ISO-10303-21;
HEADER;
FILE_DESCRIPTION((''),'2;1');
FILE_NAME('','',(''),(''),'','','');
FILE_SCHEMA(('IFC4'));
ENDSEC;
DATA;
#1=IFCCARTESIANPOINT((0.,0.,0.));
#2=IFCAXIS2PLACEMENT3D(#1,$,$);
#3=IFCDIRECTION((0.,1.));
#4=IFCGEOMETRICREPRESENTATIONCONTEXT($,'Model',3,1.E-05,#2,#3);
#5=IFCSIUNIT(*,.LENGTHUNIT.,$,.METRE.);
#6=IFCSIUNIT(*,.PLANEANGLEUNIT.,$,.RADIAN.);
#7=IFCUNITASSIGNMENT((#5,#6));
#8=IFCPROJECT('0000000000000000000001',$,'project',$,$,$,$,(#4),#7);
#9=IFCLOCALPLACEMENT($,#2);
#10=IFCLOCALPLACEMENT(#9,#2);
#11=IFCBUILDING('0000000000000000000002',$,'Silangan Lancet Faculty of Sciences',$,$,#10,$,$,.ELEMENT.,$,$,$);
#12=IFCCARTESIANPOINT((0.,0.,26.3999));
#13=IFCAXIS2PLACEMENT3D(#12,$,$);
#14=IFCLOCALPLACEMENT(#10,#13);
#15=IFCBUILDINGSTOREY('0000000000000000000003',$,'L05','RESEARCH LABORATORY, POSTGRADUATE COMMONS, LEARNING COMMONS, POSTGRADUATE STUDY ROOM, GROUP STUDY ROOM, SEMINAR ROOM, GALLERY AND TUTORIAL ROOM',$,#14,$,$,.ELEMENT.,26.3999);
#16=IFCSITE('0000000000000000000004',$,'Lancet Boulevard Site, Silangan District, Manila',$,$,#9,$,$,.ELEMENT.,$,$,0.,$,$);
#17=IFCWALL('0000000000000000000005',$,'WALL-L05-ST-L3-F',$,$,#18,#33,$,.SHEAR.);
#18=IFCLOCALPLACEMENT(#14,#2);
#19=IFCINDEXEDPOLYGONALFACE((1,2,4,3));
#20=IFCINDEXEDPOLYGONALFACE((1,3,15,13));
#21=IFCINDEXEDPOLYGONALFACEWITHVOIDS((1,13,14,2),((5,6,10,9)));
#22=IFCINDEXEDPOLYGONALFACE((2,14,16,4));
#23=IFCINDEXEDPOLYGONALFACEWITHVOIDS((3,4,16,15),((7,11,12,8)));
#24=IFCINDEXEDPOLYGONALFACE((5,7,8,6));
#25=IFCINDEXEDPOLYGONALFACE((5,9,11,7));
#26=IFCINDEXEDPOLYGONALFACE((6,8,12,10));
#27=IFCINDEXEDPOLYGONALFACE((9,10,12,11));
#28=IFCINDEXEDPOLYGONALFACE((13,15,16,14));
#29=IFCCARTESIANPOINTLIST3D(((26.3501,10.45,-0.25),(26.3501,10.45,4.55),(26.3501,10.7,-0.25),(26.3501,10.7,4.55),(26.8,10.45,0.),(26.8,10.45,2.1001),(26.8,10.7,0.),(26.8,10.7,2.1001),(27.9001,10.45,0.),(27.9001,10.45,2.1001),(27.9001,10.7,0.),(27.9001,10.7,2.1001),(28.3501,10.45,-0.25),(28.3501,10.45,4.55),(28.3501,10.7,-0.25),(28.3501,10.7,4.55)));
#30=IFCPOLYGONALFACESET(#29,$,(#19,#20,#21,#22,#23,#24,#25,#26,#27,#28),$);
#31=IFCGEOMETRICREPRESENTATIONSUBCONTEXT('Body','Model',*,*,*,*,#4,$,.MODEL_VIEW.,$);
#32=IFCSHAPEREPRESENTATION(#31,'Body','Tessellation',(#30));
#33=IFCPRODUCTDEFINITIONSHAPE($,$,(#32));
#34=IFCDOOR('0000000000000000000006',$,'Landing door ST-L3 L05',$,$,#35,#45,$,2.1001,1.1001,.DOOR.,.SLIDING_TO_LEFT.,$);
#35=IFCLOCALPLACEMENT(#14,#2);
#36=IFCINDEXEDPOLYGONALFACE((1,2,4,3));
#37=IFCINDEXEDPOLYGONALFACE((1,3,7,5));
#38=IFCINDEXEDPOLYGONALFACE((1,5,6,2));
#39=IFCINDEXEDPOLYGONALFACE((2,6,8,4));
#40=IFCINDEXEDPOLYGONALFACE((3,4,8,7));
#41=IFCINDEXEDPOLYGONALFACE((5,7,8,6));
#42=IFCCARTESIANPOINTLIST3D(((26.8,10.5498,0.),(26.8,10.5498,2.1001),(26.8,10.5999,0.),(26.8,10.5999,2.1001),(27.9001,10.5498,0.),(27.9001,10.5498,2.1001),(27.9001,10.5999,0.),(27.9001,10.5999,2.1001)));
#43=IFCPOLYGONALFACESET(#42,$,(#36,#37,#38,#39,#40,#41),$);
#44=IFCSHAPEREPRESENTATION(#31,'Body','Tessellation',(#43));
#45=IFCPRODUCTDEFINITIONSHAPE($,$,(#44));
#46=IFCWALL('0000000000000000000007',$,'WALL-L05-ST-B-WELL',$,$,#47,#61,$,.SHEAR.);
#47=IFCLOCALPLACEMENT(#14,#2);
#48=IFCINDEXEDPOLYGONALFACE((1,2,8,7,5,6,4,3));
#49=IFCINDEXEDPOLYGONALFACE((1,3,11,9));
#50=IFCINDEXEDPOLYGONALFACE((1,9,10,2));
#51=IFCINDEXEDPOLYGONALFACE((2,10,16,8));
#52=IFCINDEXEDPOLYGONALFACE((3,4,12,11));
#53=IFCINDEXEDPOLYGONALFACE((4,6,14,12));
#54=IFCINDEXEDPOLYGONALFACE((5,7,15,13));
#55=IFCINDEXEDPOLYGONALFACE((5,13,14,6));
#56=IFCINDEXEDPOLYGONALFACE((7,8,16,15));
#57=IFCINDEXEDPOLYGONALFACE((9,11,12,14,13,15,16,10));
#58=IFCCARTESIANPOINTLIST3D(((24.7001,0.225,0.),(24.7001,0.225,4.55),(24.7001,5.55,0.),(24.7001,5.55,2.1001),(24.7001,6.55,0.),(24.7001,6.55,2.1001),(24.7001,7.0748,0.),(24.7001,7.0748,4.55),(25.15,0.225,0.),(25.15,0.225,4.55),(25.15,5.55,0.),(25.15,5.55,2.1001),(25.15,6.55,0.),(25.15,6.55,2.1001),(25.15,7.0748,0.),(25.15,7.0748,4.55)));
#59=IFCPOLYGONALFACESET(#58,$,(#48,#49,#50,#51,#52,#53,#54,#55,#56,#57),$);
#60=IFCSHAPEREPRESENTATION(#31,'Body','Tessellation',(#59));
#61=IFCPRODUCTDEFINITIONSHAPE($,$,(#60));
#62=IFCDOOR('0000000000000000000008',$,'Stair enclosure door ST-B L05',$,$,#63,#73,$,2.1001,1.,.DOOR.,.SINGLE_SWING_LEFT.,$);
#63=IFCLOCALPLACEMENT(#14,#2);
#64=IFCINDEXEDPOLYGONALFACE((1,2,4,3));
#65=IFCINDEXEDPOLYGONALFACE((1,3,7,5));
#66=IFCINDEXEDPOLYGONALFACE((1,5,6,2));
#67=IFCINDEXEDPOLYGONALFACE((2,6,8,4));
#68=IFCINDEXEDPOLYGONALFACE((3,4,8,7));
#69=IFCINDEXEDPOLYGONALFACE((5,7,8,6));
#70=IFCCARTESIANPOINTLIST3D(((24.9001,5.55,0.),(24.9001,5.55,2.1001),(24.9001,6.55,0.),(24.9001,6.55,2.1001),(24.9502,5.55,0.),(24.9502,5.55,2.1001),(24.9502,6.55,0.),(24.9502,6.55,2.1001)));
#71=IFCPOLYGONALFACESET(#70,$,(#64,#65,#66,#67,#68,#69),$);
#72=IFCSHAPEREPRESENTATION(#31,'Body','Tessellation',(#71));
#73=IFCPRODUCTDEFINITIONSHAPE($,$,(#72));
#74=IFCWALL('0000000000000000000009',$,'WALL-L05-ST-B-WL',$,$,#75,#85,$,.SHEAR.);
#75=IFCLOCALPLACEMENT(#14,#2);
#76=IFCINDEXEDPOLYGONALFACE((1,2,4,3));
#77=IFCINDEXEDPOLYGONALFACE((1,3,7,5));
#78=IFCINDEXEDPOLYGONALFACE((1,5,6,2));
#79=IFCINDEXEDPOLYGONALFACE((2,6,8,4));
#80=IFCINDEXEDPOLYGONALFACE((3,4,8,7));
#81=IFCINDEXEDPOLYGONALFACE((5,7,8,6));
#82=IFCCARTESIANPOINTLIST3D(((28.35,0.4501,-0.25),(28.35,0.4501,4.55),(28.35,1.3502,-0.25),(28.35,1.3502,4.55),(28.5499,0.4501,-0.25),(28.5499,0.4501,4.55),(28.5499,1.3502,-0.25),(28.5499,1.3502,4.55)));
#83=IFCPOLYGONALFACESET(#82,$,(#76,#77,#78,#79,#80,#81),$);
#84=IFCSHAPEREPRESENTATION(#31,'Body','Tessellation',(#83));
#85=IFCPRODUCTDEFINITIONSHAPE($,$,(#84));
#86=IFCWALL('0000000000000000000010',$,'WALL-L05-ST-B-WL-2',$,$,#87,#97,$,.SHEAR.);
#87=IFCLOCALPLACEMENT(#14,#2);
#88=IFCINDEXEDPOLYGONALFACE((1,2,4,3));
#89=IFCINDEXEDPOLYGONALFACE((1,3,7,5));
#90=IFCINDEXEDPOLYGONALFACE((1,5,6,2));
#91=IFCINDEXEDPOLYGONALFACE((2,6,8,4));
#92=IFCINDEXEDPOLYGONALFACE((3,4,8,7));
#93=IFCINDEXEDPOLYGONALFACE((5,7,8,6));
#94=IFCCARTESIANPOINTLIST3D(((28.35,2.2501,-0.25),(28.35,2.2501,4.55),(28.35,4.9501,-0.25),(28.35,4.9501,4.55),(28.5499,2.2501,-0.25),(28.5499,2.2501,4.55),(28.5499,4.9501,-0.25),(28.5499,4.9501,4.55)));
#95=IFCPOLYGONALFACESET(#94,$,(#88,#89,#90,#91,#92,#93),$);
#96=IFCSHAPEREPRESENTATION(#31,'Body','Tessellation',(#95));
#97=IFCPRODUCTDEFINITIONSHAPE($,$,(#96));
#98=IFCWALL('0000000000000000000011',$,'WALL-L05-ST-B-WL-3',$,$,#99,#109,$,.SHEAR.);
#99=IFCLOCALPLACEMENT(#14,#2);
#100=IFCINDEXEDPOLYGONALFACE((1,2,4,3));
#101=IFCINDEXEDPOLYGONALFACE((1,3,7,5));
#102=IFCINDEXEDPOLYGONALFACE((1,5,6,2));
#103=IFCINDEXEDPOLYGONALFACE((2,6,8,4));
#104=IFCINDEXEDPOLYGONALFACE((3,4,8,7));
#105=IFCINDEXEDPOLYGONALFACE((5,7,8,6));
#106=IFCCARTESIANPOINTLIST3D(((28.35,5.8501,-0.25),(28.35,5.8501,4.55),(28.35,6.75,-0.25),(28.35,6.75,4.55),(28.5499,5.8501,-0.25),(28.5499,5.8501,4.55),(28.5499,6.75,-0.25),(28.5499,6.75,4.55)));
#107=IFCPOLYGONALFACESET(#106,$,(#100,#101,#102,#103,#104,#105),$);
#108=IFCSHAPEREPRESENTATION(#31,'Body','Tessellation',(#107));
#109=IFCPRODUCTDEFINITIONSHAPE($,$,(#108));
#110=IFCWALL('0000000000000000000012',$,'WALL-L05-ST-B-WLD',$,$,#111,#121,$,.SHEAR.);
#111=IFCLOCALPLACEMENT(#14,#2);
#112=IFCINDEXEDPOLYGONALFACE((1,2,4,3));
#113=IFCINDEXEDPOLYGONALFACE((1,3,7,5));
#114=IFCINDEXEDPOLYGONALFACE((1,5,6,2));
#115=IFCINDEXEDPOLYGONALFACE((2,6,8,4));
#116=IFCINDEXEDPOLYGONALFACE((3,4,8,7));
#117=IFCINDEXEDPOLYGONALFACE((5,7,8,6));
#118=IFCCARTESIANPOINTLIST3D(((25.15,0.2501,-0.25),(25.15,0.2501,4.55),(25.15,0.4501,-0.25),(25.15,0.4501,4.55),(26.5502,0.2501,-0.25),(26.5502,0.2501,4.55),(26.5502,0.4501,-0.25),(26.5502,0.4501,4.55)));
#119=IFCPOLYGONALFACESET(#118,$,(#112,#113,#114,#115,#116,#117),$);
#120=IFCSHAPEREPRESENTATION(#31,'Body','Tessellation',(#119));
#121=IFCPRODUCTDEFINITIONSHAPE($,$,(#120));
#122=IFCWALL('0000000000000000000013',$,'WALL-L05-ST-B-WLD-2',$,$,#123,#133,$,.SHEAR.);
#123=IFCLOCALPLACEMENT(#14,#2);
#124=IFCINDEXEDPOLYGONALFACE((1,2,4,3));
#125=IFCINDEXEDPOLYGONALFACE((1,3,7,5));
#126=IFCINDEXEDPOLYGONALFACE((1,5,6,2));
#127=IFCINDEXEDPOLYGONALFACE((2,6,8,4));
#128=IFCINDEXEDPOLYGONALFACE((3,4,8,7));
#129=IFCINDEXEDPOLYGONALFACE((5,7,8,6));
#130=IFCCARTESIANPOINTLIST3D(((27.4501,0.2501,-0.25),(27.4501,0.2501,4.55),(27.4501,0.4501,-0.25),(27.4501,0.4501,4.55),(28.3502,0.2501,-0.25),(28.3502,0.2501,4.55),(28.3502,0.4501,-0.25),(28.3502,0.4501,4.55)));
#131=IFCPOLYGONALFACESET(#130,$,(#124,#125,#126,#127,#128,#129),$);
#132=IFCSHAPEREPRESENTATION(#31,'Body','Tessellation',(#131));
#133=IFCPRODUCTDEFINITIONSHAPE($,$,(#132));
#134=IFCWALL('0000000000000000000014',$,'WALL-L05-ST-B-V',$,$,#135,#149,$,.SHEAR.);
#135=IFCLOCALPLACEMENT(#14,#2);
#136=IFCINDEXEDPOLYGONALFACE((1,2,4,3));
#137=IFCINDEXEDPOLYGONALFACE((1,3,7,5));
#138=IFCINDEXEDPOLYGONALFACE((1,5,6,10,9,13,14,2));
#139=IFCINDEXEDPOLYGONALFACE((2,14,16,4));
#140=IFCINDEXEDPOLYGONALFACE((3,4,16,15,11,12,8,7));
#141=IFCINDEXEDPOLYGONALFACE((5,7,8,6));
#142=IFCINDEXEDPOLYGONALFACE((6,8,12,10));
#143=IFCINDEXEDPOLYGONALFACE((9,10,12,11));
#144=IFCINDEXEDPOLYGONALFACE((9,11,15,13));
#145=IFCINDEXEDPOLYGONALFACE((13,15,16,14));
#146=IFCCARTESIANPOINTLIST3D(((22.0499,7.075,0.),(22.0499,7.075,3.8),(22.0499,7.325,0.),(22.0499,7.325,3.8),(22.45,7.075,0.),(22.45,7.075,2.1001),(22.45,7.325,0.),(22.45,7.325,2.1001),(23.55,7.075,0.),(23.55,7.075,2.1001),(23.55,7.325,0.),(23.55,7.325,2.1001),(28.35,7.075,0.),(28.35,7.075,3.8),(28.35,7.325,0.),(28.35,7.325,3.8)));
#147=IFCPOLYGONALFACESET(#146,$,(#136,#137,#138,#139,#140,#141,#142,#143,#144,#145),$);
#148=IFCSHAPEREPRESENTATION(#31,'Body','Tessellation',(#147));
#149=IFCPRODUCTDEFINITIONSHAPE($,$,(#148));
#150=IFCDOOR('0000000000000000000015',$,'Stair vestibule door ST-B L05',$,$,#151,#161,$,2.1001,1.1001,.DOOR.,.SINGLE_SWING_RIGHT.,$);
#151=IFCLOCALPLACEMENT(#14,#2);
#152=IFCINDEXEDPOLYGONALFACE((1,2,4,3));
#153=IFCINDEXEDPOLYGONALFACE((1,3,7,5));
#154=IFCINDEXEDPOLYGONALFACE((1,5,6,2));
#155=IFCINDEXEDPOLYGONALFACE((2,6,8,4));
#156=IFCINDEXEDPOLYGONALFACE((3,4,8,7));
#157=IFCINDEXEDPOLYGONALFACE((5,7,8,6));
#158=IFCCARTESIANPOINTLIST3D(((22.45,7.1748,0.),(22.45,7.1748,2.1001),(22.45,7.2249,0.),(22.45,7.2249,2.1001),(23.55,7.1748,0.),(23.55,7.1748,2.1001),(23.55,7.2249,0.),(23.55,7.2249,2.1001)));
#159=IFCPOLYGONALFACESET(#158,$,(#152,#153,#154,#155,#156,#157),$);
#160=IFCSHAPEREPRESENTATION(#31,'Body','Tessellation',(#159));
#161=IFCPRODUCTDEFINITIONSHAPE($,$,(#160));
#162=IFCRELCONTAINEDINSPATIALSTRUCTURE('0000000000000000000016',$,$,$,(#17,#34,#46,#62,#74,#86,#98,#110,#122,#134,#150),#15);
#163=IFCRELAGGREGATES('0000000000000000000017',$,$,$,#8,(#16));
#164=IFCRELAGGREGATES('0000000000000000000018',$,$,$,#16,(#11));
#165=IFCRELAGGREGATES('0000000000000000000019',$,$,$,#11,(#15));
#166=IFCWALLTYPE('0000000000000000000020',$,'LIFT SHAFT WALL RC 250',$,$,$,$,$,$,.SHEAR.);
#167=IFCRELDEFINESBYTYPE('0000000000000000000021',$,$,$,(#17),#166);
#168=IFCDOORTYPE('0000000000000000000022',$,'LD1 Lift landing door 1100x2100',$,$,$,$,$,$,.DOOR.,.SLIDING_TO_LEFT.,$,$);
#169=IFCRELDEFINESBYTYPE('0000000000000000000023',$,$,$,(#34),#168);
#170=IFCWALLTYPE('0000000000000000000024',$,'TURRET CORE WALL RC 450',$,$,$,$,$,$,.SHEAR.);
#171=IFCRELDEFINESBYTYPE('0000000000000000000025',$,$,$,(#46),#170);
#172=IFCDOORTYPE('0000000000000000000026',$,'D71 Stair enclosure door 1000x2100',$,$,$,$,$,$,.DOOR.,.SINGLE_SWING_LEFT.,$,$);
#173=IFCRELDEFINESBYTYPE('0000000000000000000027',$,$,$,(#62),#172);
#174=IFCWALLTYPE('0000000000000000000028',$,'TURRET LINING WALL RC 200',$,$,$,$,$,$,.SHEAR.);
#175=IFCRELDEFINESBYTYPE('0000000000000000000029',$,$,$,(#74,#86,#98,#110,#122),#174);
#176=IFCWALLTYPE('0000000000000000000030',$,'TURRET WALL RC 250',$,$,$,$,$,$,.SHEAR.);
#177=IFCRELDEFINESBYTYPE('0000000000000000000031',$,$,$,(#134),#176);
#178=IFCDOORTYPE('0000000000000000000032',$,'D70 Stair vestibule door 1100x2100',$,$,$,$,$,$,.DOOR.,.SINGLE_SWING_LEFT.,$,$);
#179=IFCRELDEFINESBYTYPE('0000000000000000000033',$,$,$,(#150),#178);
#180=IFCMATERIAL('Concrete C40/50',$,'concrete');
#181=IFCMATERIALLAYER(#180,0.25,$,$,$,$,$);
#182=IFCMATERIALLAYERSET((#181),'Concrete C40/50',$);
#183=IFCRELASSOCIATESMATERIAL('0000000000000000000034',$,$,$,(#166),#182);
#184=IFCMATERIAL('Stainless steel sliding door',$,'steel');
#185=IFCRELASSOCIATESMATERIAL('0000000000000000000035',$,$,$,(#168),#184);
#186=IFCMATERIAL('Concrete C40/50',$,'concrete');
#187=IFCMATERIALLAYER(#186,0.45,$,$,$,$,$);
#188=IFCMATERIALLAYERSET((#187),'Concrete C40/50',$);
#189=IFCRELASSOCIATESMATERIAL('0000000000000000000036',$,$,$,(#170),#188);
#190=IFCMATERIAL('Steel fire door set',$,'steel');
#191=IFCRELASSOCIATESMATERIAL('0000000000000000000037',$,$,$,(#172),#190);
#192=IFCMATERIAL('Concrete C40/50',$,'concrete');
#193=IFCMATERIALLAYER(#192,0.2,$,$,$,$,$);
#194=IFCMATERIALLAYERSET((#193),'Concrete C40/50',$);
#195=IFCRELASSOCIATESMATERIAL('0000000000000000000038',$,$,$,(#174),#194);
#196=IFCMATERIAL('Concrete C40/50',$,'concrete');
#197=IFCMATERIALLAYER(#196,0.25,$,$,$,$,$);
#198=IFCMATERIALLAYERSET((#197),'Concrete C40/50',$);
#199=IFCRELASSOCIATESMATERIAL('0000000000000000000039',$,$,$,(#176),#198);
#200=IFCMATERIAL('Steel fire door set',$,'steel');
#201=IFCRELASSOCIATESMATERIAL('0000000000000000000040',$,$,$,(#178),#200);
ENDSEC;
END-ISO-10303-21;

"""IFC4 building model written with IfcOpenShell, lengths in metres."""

from ifc_helpers import new_model, si_unit, direction, frame, frame_2d, origin, place, context, subcontext, project, spatial, rectangle, extrude, material, layer, layer_set, type_object, element, fill, save


model = new_model("IFC4")

# Units and contexts
model_context = context("Model", 3, precision=1e-05, world=origin(), true_north=direction((0.0, 1.0)))
body_context = subcontext(model_context, "Body", "Model", "MODEL_VIEW")
ifc_project = project(units=[si_unit("LENGTHUNIT", "METRE"), si_unit("PLANEANGLEUNIT", "RADIAN")], contexts=[model_context])

# Site, building, storey
site_placement = place(None, origin())
site = spatial("IfcSite", under=ifc_project, at=site_placement, Name="Lancet Boulevard Site, Silangan District, Manila", CompositionType="ELEMENT", RefElevation=0.0)
building_placement = place(site_placement, origin())
building = spatial("IfcBuilding", under=site, at=building_placement, Name="Silangan Lancet Faculty of Sciences", CompositionType="ELEMENT")
storey_placement = place(building_placement, frame((0.0, 0.0, 26.3999)))
storey = spatial("IfcBuildingStorey", under=building, at=storey_placement, Name="L05", Description="RESEARCH LABORATORY, POSTGRADUATE COMMONS, LEARNING COMMONS, POSTGRADUATE STUDY ROOM, GROUP STUDY ROOM, SEMINAR ROOM, GALLERY AND TUTORIAL ROOM", CompositionType="ELEMENT", Elevation=26.3999)

# Shared definitions
ifc_material_1 = material(Name="Concrete C40/50", Category="concrete")
ifc_layer_1 = layer(ifc_material_1, 0.25)
ifc_layer_set_1 = layer_set([ifc_layer_1], Name="Concrete C40/50")
wall_type_1 = type_object("IfcWallType", Name="LIFT SHAFT WALL RC 250", PredefinedType="SHEAR", material=ifc_layer_set_1)

# Walls, openings, doors
ifc_material_2 = material(Name="Stainless steel sliding door", Category="steel")
door_type_1 = type_object("IfcDoorType", Name="LD1 Lift landing door 1100x2100", OperationType="SLIDING_TO_LEFT", PredefinedType="DOOR", material=ifc_material_2)
wall_1_placement = place(storey_placement, frame((26.3501, 10.575, -0.25), z_axis=(0.0, 0.0, 1.0), x_axis=(1.0, 0.0, 0.0)))
wall_1 = element("IfcWall", 1, at=wall_1_placement, inside=storey, type_object=wall_type_1, Name="WALL-L05-ST-L3-F", PredefinedType="SHEAR", context=body_context, shape_type="SweptSolid", body=[
    extrude(rectangle(XDim=2.0, YDim=0.25, at=frame_2d((1.0, 0.0))), origin(), (0.0, 0.0, 1.0), 4.8),
])
opening_1_placement = place(wall_1_placement, frame((0.45, 0.0, 0.25)))
opening_1 = element("IfcOpeningElement", 2, at=opening_1_placement, cuts=wall_1, PredefinedType="OPENING", context=body_context, shape_type="SweptSolid", body=[
    extrude(rectangle(XDim=1.1001, YDim=2.1001, at=frame_2d((0.55, 1.05))), frame((0.0, 0.135, 0.0), z_axis=(0.0, -1.0, 0.0), x_axis=(1.0, 0.0, 0.0)), (0.0, 0.0, 1.0), 0.27),
])
door_1_placement = place(opening_1_placement, origin())
door_1 = element("IfcDoor", 3, at=door_1_placement, inside=storey, type_object=door_type_1, Name="Landing door ST-L3 L05", OperationType="SLIDING_TO_LEFT", OverallHeight=2.1001, OverallWidth=1.1001, PredefinedType="DOOR", context=body_context, shape_type="SweptSolid", body=[
    extrude(rectangle(XDim=1.1001, YDim=2.1001, at=frame_2d((0.55, 1.05))), frame((0.0, 0.0249, 0.0), z_axis=(0.0, -1.0, 0.0), x_axis=(1.0, 0.0, 0.0)), (0.0, 0.0, 1.0), 0.05),
])
fill(opening_1, door_1)
ifc_material_3 = material(Name="Concrete C40/50", Category="concrete")
ifc_layer_2 = layer(ifc_material_3, 0.45)
ifc_layer_set_2 = layer_set([ifc_layer_2], Name="Concrete C40/50")
wall_type_2 = type_object("IfcWallType", Name="TURRET CORE WALL RC 450", PredefinedType="SHEAR", material=ifc_layer_set_2)
wall_2_placement = place(storey_placement, frame((24.925, 0.2251, 0.0), z_axis=(0.0, 0.0, 1.0), x_axis=(0.0, 1.0, 0.0)))
wall_2 = element("IfcWall", 4, at=wall_2_placement, inside=storey, type_object=wall_type_2, Name="WALL-L05-ST-B-WELL", PredefinedType="SHEAR", context=body_context, shape_type="SweptSolid", body=[
    extrude(rectangle(XDim=6.8499, YDim=0.45, at=frame_2d((3.4248, 0.0))), origin(), (0.0, 0.0, 1.0), 4.55),
])
opening_2_placement = place(wall_2_placement, frame((5.325, 0.0, 0.0)))
opening_2 = element("IfcOpeningElement", 5, at=opening_2_placement, cuts=wall_2, PredefinedType="OPENING", context=body_context, shape_type="SweptSolid", body=[
    extrude(rectangle(XDim=1.0, YDim=2.1001, at=frame_2d((0.5, 1.05))), frame((0.0, 0.2349, 0.0), z_axis=(0.0, -1.0, 0.0), x_axis=(1.0, 0.0, 0.0)), (0.0, 0.0, 1.0), 0.47),
])
ifc_material_4 = material(Name="Steel fire door set", Category="steel")
door_type_2 = type_object("IfcDoorType", Name="D71 Stair enclosure door 1000x2100", OperationType="SINGLE_SWING_LEFT", PredefinedType="DOOR", material=ifc_material_4)
door_2_placement = place(opening_2_placement, frame((1.0, 0.0, 0.0), z_axis=(0.0, 0.0, 1.0), x_axis=(-1.0, 0.0, 0.0)))
door_2 = element("IfcDoor", 6, at=door_2_placement, inside=storey, type_object=door_type_2, Name="Stair enclosure door ST-B L05", OperationType="SINGLE_SWING_LEFT", OverallHeight=2.1001, OverallWidth=1.0, PredefinedType="DOOR", context=body_context, shape_type="SweptSolid", body=[
    extrude(rectangle(XDim=1.0, YDim=2.1001, at=frame_2d((0.5, 1.05))), frame((0.0, 0.0251, 0.0), z_axis=(0.0, -1.0, 0.0), x_axis=(1.0, 0.0, 0.0)), (0.0, 0.0, 1.0), 0.05),
])
fill(opening_2, door_2)

# Walls
ifc_material_5 = material(Name="Concrete C40/50", Category="concrete")
ifc_layer_3 = layer(ifc_material_5, 0.2)
ifc_layer_set_3 = layer_set([ifc_layer_3], Name="Concrete C40/50")
wall_type_3 = type_object("IfcWallType", Name="TURRET LINING WALL RC 200", PredefinedType="SHEAR", material=ifc_layer_set_3)
wall_3_placement = place(storey_placement, frame((28.45, 0.45, -0.25), z_axis=(0.0, 0.0, 1.0), x_axis=(0.0, 1.0, 0.0)))
element("IfcWall", 7, at=wall_3_placement, inside=storey, type_object=wall_type_3, Name="WALL-L05-ST-B-WL", PredefinedType="SHEAR", context=body_context, shape_type="SweptSolid", body=[
    extrude(rectangle(XDim=0.9001, YDim=0.2, at=frame_2d((0.4502, 0.0))), origin(), (0.0, 0.0, 1.0), 4.8),
])
wall_4_placement = place(storey_placement, frame((28.45, 2.25, -0.25), z_axis=(0.0, 0.0, 1.0), x_axis=(0.0, 1.0, 0.0)))
element("IfcWall", 8, at=wall_4_placement, inside=storey, type_object=wall_type_3, Name="WALL-L05-ST-B-WL-2", PredefinedType="SHEAR", context=body_context, shape_type="SweptSolid", body=[
    extrude(rectangle(XDim=2.7, YDim=0.2, at=frame_2d((1.3501, 0.0))), origin(), (0.0, 0.0, 1.0), 4.8),
])
wall_5_placement = place(storey_placement, frame((28.45, 5.8501, -0.25), z_axis=(0.0, 0.0, 1.0), x_axis=(0.0, 1.0, 0.0)))
element("IfcWall", 9, at=wall_5_placement, inside=storey, type_object=wall_type_3, Name="WALL-L05-ST-B-WL-3", PredefinedType="SHEAR", context=body_context, shape_type="SweptSolid", body=[
    extrude(rectangle(XDim=0.8999, YDim=0.2, at=frame_2d((0.45, 0.0))), origin(), (0.0, 0.0, 1.0), 4.8),
])
wall_6_placement = place(storey_placement, frame((25.1499, 0.3501, -0.25), z_axis=(0.0, 0.0, 1.0), x_axis=(1.0, 0.0, 0.0)))
element("IfcWall", 10, at=wall_6_placement, inside=storey, type_object=wall_type_3, Name="WALL-L05-ST-B-WLD", PredefinedType="SHEAR", context=body_context, shape_type="SweptSolid", body=[
    extrude(rectangle(XDim=1.4001, YDim=0.2, at=frame_2d((0.7002, 0.0))), origin(), (0.0, 0.0, 1.0), 4.8),
])
wall_7_placement = place(storey_placement, frame((27.45, 0.3501, -0.25), z_axis=(0.0, 0.0, 1.0), x_axis=(1.0, 0.0, 0.0)))
element("IfcWall", 11, at=wall_7_placement, inside=storey, type_object=wall_type_3, Name="WALL-L05-ST-B-WLD-2", PredefinedType="SHEAR", context=body_context, shape_type="SweptSolid", body=[
    extrude(rectangle(XDim=0.9001, YDim=0.2, at=frame_2d((0.4502, 0.0))), origin(), (0.0, 0.0, 1.0), 4.8),
])

# Wall, opening, door
ifc_material_6 = material(Name="Concrete C40/50", Category="concrete")
ifc_layer_4 = layer(ifc_material_6, 0.25)
ifc_layer_set_4 = layer_set([ifc_layer_4], Name="Concrete C40/50")
wall_type_4 = type_object("IfcWallType", Name="TURRET WALL RC 250", PredefinedType="SHEAR", material=ifc_layer_set_4)
wall_8_placement = place(storey_placement, frame((22.05, 7.2, 0.0), z_axis=(0.0, 0.0, 1.0), x_axis=(1.0, 0.0, 0.0)))
wall_8 = element("IfcWall", 12, at=wall_8_placement, inside=storey, type_object=wall_type_4, Name="WALL-L05-ST-B-V", PredefinedType="SHEAR", context=body_context, shape_type="SweptSolid", body=[
    extrude(rectangle(XDim=6.3, YDim=0.25, at=frame_2d((3.1499, 0.0))), origin(), (0.0, 0.0, 1.0), 3.8),
])
opening_3_placement = place(wall_8_placement, frame((0.3999, 0.0, 0.0)))
opening_3 = element("IfcOpeningElement", 13, at=opening_3_placement, cuts=wall_8, PredefinedType="OPENING", context=body_context, shape_type="SweptSolid", body=[
    extrude(rectangle(XDim=1.1001, YDim=2.1001, at=frame_2d((0.55, 1.05))), frame((0.0, 0.135, 0.0), z_axis=(0.0, -1.0, 0.0), x_axis=(1.0, 0.0, 0.0)), (0.0, 0.0, 1.0), 0.27),
])
ifc_material_7 = material(Name="Steel fire door set", Category="steel")
door_type_3 = type_object("IfcDoorType", Name="D70 Stair vestibule door 1100x2100", OperationType="SINGLE_SWING_LEFT", PredefinedType="DOOR", material=ifc_material_7)
door_3_placement = place(opening_3_placement, frame((1.1001, 0.0, 0.0), z_axis=(0.0, 0.0, 1.0), x_axis=(-1.0, 0.0, 0.0)))
door_3 = element("IfcDoor", 14, at=door_3_placement, inside=storey, type_object=door_type_3, Name="Stair vestibule door ST-B L05", OperationType="SINGLE_SWING_RIGHT", OverallHeight=2.1001, OverallWidth=1.1001, PredefinedType="DOOR", context=body_context, shape_type="SweptSolid", body=[
    extrude(rectangle(XDim=1.1001, YDim=2.1001, at=frame_2d((0.55, 1.05))), frame((0.0, 0.0251, 0.0), z_axis=(0.0, -1.0, 0.0), x_axis=(1.0, 0.0, 0.0)), (0.0, 0.0, 1.0), 0.05),
])
fill(opening_3, door_3)

save(model, "model.ifc")
